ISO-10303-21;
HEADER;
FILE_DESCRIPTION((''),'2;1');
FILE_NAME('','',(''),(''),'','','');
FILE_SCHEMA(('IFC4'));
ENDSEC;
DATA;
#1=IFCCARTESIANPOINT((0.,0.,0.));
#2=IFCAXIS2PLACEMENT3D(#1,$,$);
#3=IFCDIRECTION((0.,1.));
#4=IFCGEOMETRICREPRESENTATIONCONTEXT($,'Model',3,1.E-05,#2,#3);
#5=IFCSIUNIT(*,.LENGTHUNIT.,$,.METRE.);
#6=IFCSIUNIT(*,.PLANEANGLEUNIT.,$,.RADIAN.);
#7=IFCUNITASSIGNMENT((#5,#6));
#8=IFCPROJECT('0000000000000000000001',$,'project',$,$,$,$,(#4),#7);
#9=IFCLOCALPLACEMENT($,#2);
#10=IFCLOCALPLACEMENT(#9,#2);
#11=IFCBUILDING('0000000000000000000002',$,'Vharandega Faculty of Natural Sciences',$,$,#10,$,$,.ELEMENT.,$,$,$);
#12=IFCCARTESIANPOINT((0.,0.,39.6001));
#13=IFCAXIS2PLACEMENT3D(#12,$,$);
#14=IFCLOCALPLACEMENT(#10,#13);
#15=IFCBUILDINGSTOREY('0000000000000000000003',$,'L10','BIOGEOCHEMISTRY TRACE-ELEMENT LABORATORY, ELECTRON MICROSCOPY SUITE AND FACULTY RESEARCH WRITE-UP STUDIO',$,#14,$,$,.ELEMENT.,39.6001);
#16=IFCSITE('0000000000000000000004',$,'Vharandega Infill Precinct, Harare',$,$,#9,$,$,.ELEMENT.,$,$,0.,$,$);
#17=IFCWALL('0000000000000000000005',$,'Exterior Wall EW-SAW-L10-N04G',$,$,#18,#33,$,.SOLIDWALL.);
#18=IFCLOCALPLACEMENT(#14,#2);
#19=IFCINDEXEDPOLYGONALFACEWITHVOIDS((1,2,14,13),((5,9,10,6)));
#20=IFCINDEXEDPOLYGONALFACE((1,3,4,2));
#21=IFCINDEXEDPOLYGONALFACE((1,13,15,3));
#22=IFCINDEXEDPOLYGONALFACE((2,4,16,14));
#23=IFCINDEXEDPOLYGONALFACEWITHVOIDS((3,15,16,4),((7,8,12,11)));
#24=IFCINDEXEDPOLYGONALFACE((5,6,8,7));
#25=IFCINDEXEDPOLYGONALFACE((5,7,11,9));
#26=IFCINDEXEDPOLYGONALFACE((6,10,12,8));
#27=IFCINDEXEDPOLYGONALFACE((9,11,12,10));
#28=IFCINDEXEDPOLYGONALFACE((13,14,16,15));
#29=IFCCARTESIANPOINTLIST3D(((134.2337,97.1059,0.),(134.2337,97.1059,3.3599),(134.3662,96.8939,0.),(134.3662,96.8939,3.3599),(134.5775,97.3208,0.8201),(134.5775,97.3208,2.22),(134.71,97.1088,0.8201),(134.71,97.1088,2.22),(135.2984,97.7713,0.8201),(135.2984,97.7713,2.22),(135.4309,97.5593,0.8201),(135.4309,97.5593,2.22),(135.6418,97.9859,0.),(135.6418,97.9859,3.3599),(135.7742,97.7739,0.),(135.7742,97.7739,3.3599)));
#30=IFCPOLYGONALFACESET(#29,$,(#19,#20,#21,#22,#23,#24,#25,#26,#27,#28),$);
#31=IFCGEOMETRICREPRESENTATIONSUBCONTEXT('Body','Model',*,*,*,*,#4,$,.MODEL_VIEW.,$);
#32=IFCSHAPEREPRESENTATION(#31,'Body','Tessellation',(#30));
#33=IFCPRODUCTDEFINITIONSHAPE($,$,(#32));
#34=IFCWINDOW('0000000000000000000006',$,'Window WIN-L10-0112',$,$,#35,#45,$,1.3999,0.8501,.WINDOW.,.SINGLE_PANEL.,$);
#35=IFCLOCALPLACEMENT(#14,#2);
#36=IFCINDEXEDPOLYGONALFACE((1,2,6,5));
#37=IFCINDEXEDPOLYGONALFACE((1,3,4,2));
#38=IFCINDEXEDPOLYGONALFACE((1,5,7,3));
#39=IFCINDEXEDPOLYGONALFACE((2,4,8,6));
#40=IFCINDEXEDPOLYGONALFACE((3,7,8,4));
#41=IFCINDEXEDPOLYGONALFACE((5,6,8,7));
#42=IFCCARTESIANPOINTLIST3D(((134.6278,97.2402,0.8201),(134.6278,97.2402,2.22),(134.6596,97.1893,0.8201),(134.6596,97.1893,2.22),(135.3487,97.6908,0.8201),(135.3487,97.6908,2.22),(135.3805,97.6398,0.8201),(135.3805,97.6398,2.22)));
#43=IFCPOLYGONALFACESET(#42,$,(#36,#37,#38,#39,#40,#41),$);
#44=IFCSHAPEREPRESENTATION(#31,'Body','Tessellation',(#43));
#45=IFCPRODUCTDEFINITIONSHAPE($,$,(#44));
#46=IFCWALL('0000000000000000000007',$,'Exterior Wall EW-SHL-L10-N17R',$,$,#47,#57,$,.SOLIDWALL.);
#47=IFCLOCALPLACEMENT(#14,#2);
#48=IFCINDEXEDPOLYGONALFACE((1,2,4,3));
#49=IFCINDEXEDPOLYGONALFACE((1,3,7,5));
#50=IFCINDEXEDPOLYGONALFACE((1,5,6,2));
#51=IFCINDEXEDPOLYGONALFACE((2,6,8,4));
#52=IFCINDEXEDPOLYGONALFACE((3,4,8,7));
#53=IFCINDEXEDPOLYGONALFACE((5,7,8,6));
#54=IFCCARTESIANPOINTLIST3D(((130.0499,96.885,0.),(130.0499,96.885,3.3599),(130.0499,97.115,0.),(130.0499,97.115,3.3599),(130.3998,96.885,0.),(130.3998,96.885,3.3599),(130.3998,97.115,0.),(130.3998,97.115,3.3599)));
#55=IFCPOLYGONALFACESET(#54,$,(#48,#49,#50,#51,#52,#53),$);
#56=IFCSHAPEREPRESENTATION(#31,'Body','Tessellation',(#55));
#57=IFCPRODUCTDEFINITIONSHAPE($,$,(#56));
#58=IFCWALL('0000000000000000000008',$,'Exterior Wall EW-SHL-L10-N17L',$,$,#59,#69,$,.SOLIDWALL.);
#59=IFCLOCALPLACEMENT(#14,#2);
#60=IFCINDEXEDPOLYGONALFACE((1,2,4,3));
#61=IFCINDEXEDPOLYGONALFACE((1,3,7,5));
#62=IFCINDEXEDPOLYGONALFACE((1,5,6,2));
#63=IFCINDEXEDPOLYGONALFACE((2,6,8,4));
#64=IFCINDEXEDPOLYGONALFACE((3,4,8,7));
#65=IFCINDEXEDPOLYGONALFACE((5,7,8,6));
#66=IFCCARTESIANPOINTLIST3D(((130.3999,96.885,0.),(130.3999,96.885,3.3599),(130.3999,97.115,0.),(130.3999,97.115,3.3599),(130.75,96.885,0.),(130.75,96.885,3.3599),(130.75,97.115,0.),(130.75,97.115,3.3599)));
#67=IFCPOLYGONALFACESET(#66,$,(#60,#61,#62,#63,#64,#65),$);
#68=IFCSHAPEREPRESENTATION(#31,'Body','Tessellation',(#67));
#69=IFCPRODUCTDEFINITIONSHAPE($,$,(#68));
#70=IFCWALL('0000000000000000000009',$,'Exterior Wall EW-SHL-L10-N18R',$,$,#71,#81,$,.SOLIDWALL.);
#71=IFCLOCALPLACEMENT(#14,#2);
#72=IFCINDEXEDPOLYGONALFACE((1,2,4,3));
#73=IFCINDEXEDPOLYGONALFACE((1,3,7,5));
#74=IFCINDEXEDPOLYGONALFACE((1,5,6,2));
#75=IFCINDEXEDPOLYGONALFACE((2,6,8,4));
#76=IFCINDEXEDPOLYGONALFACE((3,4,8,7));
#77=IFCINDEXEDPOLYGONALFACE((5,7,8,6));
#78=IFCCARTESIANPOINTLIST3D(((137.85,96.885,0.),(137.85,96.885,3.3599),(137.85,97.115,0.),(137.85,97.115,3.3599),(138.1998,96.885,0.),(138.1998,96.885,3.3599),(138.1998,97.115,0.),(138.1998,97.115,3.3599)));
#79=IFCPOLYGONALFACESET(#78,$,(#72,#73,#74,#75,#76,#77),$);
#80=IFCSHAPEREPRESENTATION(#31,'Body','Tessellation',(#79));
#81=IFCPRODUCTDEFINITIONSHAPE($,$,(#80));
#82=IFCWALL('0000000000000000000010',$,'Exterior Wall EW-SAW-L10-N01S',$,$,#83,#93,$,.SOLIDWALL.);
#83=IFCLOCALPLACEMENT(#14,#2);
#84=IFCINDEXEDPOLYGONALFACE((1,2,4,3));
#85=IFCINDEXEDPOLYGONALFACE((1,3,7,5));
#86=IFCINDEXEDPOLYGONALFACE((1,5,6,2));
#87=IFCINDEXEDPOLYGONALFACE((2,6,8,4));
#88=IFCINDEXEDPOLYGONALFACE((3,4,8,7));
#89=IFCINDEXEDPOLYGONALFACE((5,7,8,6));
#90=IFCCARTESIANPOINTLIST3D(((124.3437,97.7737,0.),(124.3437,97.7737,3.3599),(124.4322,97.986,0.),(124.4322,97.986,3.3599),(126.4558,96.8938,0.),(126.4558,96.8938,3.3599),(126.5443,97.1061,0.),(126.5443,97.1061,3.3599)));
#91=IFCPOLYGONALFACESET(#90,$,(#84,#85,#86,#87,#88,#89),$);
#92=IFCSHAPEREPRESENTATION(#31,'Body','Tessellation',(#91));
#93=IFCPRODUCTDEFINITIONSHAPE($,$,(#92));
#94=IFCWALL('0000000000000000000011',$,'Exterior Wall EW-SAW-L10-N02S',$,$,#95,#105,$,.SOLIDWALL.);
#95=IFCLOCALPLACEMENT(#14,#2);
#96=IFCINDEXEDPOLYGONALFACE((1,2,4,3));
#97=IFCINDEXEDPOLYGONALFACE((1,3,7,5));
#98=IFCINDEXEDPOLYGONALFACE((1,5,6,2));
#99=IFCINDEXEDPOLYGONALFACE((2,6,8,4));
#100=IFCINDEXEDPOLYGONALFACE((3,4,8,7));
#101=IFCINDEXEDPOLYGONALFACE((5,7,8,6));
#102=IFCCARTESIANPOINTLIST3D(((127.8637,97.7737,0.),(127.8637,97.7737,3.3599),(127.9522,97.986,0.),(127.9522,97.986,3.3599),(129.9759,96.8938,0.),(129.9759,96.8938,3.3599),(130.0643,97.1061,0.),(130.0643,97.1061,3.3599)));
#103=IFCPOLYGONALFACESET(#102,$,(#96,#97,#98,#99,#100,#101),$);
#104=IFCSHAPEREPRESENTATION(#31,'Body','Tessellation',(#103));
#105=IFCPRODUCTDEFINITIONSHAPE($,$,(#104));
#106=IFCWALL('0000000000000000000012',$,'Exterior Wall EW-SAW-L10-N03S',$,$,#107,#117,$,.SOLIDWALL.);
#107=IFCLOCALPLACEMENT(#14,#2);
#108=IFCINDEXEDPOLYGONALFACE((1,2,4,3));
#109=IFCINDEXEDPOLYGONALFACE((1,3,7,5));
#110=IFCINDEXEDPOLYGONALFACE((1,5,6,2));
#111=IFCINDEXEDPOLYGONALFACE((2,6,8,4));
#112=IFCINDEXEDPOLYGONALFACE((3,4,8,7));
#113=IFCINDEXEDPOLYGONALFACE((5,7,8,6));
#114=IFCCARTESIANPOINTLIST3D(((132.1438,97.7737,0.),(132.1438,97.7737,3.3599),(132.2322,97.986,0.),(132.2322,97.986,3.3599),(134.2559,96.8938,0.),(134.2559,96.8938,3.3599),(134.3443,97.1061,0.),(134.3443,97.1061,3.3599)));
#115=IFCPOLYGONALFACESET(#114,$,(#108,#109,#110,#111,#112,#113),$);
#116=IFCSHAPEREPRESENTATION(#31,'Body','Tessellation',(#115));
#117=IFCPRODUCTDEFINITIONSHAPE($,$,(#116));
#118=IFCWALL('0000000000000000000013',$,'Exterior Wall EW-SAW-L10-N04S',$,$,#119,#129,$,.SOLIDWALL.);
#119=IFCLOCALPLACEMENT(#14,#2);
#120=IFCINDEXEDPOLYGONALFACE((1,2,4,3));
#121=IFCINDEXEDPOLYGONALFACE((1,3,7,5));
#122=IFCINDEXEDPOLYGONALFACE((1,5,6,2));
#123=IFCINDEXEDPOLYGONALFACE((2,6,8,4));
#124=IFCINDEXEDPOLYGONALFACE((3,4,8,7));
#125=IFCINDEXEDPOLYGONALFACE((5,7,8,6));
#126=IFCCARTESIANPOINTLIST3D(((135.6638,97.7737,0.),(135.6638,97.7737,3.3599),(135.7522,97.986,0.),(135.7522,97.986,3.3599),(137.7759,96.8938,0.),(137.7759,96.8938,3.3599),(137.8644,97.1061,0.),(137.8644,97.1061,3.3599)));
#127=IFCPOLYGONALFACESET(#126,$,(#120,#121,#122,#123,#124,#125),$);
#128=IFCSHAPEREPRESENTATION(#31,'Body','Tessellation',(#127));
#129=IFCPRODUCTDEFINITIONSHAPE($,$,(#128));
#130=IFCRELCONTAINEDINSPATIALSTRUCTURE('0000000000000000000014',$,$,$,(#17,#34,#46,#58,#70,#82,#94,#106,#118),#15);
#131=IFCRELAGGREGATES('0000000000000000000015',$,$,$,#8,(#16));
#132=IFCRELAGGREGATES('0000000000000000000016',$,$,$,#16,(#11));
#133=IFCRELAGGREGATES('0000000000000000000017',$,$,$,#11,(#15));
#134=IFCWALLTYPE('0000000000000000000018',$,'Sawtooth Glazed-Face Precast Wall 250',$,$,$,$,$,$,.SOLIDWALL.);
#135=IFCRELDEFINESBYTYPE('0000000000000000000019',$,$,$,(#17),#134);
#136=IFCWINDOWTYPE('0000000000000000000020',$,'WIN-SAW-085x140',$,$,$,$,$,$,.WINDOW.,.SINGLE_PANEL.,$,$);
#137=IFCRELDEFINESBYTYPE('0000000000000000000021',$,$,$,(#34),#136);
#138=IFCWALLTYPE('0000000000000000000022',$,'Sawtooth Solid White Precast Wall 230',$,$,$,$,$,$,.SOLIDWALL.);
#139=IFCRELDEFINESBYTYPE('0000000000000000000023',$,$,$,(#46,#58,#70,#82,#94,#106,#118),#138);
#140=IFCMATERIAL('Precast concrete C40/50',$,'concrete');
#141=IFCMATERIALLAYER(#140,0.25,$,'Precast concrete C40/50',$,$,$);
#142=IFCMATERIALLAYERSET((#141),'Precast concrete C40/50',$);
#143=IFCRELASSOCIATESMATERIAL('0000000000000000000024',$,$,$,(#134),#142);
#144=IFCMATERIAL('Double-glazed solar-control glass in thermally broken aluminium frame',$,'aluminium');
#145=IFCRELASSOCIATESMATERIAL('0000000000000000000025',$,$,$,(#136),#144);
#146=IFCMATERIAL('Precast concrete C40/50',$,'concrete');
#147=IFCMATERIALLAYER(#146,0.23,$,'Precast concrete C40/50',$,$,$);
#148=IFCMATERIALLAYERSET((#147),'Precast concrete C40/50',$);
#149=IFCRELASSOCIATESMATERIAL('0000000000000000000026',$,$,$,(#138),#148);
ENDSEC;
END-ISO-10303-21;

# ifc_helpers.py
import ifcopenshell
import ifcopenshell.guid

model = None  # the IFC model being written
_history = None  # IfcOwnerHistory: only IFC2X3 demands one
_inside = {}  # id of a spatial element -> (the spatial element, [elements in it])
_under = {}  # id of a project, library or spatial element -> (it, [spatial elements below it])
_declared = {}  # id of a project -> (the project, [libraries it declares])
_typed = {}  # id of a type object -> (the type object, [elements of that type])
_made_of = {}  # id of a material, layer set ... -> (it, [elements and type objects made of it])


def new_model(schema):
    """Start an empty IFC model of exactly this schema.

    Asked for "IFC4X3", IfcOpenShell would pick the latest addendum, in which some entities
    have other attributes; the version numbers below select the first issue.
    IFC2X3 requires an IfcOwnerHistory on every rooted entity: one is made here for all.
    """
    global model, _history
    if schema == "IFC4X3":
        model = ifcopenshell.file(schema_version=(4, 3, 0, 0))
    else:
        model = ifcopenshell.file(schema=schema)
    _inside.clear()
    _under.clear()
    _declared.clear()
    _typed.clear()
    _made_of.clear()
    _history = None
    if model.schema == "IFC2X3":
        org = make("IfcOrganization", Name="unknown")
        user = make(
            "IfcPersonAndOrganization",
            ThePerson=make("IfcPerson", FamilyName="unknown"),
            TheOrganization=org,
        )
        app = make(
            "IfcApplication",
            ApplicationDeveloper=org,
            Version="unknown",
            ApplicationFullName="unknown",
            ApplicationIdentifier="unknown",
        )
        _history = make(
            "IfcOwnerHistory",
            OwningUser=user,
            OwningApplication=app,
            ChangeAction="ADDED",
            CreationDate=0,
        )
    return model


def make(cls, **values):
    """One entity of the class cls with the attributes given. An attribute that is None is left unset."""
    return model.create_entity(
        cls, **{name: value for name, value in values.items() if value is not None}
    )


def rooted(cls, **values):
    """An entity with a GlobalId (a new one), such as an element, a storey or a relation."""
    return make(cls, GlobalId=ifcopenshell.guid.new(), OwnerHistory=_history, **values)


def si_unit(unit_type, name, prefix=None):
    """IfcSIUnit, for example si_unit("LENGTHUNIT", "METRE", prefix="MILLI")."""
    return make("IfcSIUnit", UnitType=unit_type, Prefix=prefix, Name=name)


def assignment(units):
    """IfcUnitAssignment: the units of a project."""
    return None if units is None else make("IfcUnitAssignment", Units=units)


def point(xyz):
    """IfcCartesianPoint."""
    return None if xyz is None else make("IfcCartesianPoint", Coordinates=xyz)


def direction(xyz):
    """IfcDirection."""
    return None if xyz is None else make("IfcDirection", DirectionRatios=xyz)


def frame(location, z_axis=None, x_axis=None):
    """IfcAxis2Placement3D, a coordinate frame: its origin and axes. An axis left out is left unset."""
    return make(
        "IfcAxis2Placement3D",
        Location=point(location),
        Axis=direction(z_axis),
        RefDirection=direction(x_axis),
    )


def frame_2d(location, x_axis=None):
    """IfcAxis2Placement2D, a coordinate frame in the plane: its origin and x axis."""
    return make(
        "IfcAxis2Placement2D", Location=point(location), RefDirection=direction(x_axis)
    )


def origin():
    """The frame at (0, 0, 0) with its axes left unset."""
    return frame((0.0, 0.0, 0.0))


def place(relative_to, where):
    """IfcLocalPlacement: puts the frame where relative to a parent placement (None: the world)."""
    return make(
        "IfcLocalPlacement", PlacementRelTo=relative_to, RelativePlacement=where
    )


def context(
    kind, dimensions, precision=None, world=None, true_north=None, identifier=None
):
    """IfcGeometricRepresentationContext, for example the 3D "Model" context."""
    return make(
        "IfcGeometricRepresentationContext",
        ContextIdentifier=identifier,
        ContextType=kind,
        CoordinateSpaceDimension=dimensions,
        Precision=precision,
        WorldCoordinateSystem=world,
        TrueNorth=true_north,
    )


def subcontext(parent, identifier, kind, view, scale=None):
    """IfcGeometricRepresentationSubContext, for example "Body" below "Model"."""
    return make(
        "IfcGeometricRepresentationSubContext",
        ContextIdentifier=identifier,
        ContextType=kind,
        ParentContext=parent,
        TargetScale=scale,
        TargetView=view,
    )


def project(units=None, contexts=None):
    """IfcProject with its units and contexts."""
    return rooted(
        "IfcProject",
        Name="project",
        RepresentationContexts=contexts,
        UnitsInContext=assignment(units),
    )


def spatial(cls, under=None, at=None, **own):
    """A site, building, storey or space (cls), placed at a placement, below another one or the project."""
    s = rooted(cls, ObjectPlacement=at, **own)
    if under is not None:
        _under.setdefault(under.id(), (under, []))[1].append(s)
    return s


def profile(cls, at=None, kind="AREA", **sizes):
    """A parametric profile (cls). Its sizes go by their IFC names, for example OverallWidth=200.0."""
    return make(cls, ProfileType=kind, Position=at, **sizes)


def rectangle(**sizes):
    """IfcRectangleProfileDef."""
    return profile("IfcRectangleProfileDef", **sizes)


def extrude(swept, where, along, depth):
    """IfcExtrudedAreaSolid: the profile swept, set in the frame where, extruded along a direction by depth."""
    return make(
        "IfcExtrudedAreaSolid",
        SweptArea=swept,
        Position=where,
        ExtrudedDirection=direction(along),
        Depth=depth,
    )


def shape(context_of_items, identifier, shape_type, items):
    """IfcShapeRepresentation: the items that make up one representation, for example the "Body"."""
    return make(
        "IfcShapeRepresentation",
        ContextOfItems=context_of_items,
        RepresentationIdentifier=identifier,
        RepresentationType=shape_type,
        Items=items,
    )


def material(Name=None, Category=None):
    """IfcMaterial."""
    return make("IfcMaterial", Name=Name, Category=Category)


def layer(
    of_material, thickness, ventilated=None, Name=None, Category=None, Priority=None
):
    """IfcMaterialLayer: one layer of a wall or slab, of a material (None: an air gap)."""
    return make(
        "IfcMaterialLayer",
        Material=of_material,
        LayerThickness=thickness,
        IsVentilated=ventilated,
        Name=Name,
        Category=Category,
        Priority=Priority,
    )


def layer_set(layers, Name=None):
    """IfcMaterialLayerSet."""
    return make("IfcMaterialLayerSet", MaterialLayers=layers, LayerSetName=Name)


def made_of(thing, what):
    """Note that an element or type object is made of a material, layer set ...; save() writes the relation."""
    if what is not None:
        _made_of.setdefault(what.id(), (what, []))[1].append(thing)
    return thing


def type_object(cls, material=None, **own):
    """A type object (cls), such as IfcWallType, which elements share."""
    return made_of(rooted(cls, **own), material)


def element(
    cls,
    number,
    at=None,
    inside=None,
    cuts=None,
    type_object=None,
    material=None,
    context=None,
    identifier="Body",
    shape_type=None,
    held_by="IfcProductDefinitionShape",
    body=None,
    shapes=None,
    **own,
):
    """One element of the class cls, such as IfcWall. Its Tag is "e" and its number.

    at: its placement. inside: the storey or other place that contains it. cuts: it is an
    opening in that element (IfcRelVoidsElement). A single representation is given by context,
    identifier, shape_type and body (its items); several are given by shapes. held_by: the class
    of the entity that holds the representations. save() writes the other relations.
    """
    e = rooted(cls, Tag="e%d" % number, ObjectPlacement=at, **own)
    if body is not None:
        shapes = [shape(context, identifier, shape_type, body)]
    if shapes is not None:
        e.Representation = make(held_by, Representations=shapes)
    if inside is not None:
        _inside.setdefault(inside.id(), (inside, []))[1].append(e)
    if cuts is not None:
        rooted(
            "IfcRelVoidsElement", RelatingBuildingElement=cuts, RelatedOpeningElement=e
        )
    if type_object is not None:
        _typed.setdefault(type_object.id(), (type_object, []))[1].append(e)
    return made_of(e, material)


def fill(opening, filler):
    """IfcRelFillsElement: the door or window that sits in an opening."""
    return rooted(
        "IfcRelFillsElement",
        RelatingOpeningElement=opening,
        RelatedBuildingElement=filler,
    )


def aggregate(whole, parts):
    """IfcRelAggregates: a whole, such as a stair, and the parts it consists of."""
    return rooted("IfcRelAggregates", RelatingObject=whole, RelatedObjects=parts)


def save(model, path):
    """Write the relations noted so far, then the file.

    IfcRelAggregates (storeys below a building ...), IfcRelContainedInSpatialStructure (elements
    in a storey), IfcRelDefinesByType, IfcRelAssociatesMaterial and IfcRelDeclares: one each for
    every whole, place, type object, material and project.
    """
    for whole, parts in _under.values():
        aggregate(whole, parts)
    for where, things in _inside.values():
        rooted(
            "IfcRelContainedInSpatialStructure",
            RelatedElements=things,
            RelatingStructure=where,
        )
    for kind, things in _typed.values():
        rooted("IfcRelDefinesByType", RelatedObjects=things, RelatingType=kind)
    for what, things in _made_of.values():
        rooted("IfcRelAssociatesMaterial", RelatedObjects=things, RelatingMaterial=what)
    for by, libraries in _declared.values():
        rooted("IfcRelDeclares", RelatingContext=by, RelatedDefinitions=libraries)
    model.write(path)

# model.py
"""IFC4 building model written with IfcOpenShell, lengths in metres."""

from ifc_helpers import new_model, si_unit, direction, frame, frame_2d, origin, place, context, subcontext, project, spatial, rectangle, extrude, material, layer, layer_set, type_object, element, fill, save


model = new_model("IFC4")

# Units and contexts
model_context = context("Model", 3, precision=1e-05, world=origin(), true_north=direction((0.0, 1.0)))
body_context = subcontext(model_context, "Body", "Model", "MODEL_VIEW")
ifc_project = project(units=[si_unit("LENGTHUNIT", "METRE"), si_unit("PLANEANGLEUNIT", "RADIAN")], contexts=[model_context])

# Site, building, storey
site_placement = place(None, origin())
site = spatial("IfcSite", under=ifc_project, at=site_placement, Name="Vharandega Infill Precinct, Harare", CompositionType="ELEMENT", RefElevation=0.0)
building_placement = place(site_placement, origin())
building = spatial("IfcBuilding", under=site, at=building_placement, Name="Vharandega Faculty of Natural Sciences", CompositionType="ELEMENT")
storey_placement = place(building_placement, frame((0.0, 0.0, 39.6001)))
storey = spatial("IfcBuildingStorey", under=building, at=storey_placement, Name="L10", Description="BIOGEOCHEMISTRY TRACE-ELEMENT LABORATORY, ELECTRON MICROSCOPY SUITE AND FACULTY RESEARCH WRITE-UP STUDIO", CompositionType="ELEMENT", Elevation=39.6001)

# Wall, opening, window
ifc_material_1 = material(Name="Precast concrete C40/50", Category="concrete")
ifc_layer_1 = layer(ifc_material_1, 0.25, Name="Precast concrete C40/50")
ifc_layer_set_1 = layer_set([ifc_layer_1], Name="Precast concrete C40/50")
wall_type_1 = type_object("IfcWallType", Name="Sawtooth Glazed-Face Precast Wall 250", PredefinedType="SOLIDWALL", material=ifc_layer_set_1)
wall_1_placement = place(storey_placement, frame((134.3, 97.0, 0.0), z_axis=(0.0, 0.0, 1.0), x_axis=(0.848023, 0.529959, 0.0)))
wall_1 = element("IfcWall", 1, at=wall_1_placement, inside=storey, type_object=wall_type_1, Name="Exterior Wall EW-SAW-L10-N04G", PredefinedType="SOLIDWALL", context=body_context, shape_type="SweptSolid", body=[
    extrude(rectangle(XDim=1.6604, YDim=0.25, at=frame_2d((0.8301, 0.0))), origin(), (0.0, 0.0, 1.0), 3.3599),
])
opening_1_placement = place(wall_1_placement, frame((0.4053, 0.0, 0.8201)))
opening_1 = element("IfcOpeningElement", 2, at=opening_1_placement, cuts=wall_1, PredefinedType="OPENING", context=body_context, shape_type="SweptSolid", body=[
    extrude(rectangle(XDim=0.8501, YDim=1.3999, at=frame_2d((0.425, 0.7))), frame((0.0, 0.135, 0.0), z_axis=(0.0, -1.0, 0.0), x_axis=(1.0, 0.0, 0.0)), (0.0, 0.0, 1.0), 0.27),
])
ifc_material_2 = material(Name="Double-glazed solar-control glass in thermally broken aluminium frame", Category="aluminium")
window_type_1 = type_object("IfcWindowType", Name="WIN-SAW-085x140", PartitioningType="SINGLE_PANEL", PredefinedType="WINDOW", material=ifc_material_2)
window_1_placement = place(opening_1_placement, origin())
window_1 = element("IfcWindow", 3, at=window_1_placement, inside=storey, type_object=window_type_1, Name="Window WIN-L10-0112", OverallHeight=1.3999, OverallWidth=0.8501, PartitioningType="SINGLE_PANEL", PredefinedType="WINDOW", context=body_context, shape_type="SweptSolid", body=[
    extrude(rectangle(XDim=0.8501, YDim=1.3999, at=frame_2d((0.425, 0.7))), frame((0.0, 0.03, 0.0), z_axis=(0.0, -1.0, 0.0), x_axis=(1.0, 0.0, 0.0)), (0.0, 0.0, 1.0), 0.0601),
])
fill(opening_1, window_1)

# Walls
ifc_material_3 = material(Name="Precast concrete C40/50", Category="concrete")
ifc_layer_2 = layer(ifc_material_3, 0.23, Name="Precast concrete C40/50")
ifc_layer_set_2 = layer_set([ifc_layer_2], Name="Precast concrete C40/50")
wall_type_2 = type_object("IfcWallType", Name="Sawtooth Solid White Precast Wall 230", PredefinedType="SOLIDWALL", material=ifc_layer_set_2)
wall_2_placement = place(storey_placement, frame((130.05, 97.0, 0.0), z_axis=(0.0, 0.0, 1.0), x_axis=(1.0, 0.0, 0.0)))
element("IfcWall", 4, at=wall_2_placement, inside=storey, type_object=wall_type_2, Name="Exterior Wall EW-SHL-L10-N17R", PredefinedType="SOLIDWALL", context=body_context, shape_type="SweptSolid", body=[
    extrude(rectangle(XDim=0.3499, YDim=0.23, at=frame_2d((0.1748, 0.0))), origin(), (0.0, 0.0, 1.0), 3.3599),
])
wall_3_placement = place(storey_placement, frame((130.3999, 97.0, 0.0), z_axis=(0.0, 0.0, 1.0), x_axis=(1.0, 0.0, 0.0)))
element("IfcWall", 5, at=wall_3_placement, inside=storey, type_object=wall_type_2, Name="Exterior Wall EW-SHL-L10-N17L", PredefinedType="SOLIDWALL", context=body_context, shape_type="SweptSolid", body=[
    extrude(rectangle(XDim=0.3501, YDim=0.23, at=frame_2d((0.175, 0.0))), origin(), (0.0, 0.0, 1.0), 3.3599),
])
wall_4_placement = place(storey_placement, frame((137.8501, 97.0, 0.0), z_axis=(0.0, 0.0, 1.0), x_axis=(1.0, 0.0, 0.0)))
element("IfcWall", 6, at=wall_4_placement, inside=storey, type_object=wall_type_2, Name="Exterior Wall EW-SHL-L10-N18R", PredefinedType="SOLIDWALL", context=body_context, shape_type="SweptSolid", body=[
    extrude(rectangle(XDim=0.3499, YDim=0.23, at=frame_2d((0.1748, 0.0))), origin(), (0.0, 0.0, 1.0), 3.3599),
])
for number, where, z_axis, x_axis, name in (
    (7, (124.3879, 97.8799, 0.0), (0.0, 0.0, 1.0), (0.923099, -0.384562, 0.0), "Exterior Wall EW-SAW-L10-N01S"),
    (8, (127.908, 97.8799, 0.0), (0.0, 0.0, 1.0), (0.923099, -0.384562, 0.0), "Exterior Wall EW-SAW-L10-N02S"),
    (9, (132.188, 97.8799, 0.0), (0.0, 0.0, 1.0), (0.923099, -0.384562, 0.0), "Exterior Wall EW-SAW-L10-N03S"),
    (10, (135.708, 97.8799, 0.0), (0.0, 0.0, 1.0), (0.923099, -0.384562, 0.0), "Exterior Wall EW-SAW-L10-N04S"),
):
    element("IfcWall", number, at=place(storey_placement, frame(where, z_axis=z_axis, x_axis=x_axis)), inside=storey, type_object=wall_type_2, Name=name, PredefinedType="SOLIDWALL", context=body_context, shape_type="SweptSolid", body=[
        extrude(rectangle(XDim=2.2881, YDim=0.23, at=frame_2d((1.144, 0.0))), origin(), (0.0, 0.0, 1.0), 3.3599),
    ])

save(model, "model.ifc")
